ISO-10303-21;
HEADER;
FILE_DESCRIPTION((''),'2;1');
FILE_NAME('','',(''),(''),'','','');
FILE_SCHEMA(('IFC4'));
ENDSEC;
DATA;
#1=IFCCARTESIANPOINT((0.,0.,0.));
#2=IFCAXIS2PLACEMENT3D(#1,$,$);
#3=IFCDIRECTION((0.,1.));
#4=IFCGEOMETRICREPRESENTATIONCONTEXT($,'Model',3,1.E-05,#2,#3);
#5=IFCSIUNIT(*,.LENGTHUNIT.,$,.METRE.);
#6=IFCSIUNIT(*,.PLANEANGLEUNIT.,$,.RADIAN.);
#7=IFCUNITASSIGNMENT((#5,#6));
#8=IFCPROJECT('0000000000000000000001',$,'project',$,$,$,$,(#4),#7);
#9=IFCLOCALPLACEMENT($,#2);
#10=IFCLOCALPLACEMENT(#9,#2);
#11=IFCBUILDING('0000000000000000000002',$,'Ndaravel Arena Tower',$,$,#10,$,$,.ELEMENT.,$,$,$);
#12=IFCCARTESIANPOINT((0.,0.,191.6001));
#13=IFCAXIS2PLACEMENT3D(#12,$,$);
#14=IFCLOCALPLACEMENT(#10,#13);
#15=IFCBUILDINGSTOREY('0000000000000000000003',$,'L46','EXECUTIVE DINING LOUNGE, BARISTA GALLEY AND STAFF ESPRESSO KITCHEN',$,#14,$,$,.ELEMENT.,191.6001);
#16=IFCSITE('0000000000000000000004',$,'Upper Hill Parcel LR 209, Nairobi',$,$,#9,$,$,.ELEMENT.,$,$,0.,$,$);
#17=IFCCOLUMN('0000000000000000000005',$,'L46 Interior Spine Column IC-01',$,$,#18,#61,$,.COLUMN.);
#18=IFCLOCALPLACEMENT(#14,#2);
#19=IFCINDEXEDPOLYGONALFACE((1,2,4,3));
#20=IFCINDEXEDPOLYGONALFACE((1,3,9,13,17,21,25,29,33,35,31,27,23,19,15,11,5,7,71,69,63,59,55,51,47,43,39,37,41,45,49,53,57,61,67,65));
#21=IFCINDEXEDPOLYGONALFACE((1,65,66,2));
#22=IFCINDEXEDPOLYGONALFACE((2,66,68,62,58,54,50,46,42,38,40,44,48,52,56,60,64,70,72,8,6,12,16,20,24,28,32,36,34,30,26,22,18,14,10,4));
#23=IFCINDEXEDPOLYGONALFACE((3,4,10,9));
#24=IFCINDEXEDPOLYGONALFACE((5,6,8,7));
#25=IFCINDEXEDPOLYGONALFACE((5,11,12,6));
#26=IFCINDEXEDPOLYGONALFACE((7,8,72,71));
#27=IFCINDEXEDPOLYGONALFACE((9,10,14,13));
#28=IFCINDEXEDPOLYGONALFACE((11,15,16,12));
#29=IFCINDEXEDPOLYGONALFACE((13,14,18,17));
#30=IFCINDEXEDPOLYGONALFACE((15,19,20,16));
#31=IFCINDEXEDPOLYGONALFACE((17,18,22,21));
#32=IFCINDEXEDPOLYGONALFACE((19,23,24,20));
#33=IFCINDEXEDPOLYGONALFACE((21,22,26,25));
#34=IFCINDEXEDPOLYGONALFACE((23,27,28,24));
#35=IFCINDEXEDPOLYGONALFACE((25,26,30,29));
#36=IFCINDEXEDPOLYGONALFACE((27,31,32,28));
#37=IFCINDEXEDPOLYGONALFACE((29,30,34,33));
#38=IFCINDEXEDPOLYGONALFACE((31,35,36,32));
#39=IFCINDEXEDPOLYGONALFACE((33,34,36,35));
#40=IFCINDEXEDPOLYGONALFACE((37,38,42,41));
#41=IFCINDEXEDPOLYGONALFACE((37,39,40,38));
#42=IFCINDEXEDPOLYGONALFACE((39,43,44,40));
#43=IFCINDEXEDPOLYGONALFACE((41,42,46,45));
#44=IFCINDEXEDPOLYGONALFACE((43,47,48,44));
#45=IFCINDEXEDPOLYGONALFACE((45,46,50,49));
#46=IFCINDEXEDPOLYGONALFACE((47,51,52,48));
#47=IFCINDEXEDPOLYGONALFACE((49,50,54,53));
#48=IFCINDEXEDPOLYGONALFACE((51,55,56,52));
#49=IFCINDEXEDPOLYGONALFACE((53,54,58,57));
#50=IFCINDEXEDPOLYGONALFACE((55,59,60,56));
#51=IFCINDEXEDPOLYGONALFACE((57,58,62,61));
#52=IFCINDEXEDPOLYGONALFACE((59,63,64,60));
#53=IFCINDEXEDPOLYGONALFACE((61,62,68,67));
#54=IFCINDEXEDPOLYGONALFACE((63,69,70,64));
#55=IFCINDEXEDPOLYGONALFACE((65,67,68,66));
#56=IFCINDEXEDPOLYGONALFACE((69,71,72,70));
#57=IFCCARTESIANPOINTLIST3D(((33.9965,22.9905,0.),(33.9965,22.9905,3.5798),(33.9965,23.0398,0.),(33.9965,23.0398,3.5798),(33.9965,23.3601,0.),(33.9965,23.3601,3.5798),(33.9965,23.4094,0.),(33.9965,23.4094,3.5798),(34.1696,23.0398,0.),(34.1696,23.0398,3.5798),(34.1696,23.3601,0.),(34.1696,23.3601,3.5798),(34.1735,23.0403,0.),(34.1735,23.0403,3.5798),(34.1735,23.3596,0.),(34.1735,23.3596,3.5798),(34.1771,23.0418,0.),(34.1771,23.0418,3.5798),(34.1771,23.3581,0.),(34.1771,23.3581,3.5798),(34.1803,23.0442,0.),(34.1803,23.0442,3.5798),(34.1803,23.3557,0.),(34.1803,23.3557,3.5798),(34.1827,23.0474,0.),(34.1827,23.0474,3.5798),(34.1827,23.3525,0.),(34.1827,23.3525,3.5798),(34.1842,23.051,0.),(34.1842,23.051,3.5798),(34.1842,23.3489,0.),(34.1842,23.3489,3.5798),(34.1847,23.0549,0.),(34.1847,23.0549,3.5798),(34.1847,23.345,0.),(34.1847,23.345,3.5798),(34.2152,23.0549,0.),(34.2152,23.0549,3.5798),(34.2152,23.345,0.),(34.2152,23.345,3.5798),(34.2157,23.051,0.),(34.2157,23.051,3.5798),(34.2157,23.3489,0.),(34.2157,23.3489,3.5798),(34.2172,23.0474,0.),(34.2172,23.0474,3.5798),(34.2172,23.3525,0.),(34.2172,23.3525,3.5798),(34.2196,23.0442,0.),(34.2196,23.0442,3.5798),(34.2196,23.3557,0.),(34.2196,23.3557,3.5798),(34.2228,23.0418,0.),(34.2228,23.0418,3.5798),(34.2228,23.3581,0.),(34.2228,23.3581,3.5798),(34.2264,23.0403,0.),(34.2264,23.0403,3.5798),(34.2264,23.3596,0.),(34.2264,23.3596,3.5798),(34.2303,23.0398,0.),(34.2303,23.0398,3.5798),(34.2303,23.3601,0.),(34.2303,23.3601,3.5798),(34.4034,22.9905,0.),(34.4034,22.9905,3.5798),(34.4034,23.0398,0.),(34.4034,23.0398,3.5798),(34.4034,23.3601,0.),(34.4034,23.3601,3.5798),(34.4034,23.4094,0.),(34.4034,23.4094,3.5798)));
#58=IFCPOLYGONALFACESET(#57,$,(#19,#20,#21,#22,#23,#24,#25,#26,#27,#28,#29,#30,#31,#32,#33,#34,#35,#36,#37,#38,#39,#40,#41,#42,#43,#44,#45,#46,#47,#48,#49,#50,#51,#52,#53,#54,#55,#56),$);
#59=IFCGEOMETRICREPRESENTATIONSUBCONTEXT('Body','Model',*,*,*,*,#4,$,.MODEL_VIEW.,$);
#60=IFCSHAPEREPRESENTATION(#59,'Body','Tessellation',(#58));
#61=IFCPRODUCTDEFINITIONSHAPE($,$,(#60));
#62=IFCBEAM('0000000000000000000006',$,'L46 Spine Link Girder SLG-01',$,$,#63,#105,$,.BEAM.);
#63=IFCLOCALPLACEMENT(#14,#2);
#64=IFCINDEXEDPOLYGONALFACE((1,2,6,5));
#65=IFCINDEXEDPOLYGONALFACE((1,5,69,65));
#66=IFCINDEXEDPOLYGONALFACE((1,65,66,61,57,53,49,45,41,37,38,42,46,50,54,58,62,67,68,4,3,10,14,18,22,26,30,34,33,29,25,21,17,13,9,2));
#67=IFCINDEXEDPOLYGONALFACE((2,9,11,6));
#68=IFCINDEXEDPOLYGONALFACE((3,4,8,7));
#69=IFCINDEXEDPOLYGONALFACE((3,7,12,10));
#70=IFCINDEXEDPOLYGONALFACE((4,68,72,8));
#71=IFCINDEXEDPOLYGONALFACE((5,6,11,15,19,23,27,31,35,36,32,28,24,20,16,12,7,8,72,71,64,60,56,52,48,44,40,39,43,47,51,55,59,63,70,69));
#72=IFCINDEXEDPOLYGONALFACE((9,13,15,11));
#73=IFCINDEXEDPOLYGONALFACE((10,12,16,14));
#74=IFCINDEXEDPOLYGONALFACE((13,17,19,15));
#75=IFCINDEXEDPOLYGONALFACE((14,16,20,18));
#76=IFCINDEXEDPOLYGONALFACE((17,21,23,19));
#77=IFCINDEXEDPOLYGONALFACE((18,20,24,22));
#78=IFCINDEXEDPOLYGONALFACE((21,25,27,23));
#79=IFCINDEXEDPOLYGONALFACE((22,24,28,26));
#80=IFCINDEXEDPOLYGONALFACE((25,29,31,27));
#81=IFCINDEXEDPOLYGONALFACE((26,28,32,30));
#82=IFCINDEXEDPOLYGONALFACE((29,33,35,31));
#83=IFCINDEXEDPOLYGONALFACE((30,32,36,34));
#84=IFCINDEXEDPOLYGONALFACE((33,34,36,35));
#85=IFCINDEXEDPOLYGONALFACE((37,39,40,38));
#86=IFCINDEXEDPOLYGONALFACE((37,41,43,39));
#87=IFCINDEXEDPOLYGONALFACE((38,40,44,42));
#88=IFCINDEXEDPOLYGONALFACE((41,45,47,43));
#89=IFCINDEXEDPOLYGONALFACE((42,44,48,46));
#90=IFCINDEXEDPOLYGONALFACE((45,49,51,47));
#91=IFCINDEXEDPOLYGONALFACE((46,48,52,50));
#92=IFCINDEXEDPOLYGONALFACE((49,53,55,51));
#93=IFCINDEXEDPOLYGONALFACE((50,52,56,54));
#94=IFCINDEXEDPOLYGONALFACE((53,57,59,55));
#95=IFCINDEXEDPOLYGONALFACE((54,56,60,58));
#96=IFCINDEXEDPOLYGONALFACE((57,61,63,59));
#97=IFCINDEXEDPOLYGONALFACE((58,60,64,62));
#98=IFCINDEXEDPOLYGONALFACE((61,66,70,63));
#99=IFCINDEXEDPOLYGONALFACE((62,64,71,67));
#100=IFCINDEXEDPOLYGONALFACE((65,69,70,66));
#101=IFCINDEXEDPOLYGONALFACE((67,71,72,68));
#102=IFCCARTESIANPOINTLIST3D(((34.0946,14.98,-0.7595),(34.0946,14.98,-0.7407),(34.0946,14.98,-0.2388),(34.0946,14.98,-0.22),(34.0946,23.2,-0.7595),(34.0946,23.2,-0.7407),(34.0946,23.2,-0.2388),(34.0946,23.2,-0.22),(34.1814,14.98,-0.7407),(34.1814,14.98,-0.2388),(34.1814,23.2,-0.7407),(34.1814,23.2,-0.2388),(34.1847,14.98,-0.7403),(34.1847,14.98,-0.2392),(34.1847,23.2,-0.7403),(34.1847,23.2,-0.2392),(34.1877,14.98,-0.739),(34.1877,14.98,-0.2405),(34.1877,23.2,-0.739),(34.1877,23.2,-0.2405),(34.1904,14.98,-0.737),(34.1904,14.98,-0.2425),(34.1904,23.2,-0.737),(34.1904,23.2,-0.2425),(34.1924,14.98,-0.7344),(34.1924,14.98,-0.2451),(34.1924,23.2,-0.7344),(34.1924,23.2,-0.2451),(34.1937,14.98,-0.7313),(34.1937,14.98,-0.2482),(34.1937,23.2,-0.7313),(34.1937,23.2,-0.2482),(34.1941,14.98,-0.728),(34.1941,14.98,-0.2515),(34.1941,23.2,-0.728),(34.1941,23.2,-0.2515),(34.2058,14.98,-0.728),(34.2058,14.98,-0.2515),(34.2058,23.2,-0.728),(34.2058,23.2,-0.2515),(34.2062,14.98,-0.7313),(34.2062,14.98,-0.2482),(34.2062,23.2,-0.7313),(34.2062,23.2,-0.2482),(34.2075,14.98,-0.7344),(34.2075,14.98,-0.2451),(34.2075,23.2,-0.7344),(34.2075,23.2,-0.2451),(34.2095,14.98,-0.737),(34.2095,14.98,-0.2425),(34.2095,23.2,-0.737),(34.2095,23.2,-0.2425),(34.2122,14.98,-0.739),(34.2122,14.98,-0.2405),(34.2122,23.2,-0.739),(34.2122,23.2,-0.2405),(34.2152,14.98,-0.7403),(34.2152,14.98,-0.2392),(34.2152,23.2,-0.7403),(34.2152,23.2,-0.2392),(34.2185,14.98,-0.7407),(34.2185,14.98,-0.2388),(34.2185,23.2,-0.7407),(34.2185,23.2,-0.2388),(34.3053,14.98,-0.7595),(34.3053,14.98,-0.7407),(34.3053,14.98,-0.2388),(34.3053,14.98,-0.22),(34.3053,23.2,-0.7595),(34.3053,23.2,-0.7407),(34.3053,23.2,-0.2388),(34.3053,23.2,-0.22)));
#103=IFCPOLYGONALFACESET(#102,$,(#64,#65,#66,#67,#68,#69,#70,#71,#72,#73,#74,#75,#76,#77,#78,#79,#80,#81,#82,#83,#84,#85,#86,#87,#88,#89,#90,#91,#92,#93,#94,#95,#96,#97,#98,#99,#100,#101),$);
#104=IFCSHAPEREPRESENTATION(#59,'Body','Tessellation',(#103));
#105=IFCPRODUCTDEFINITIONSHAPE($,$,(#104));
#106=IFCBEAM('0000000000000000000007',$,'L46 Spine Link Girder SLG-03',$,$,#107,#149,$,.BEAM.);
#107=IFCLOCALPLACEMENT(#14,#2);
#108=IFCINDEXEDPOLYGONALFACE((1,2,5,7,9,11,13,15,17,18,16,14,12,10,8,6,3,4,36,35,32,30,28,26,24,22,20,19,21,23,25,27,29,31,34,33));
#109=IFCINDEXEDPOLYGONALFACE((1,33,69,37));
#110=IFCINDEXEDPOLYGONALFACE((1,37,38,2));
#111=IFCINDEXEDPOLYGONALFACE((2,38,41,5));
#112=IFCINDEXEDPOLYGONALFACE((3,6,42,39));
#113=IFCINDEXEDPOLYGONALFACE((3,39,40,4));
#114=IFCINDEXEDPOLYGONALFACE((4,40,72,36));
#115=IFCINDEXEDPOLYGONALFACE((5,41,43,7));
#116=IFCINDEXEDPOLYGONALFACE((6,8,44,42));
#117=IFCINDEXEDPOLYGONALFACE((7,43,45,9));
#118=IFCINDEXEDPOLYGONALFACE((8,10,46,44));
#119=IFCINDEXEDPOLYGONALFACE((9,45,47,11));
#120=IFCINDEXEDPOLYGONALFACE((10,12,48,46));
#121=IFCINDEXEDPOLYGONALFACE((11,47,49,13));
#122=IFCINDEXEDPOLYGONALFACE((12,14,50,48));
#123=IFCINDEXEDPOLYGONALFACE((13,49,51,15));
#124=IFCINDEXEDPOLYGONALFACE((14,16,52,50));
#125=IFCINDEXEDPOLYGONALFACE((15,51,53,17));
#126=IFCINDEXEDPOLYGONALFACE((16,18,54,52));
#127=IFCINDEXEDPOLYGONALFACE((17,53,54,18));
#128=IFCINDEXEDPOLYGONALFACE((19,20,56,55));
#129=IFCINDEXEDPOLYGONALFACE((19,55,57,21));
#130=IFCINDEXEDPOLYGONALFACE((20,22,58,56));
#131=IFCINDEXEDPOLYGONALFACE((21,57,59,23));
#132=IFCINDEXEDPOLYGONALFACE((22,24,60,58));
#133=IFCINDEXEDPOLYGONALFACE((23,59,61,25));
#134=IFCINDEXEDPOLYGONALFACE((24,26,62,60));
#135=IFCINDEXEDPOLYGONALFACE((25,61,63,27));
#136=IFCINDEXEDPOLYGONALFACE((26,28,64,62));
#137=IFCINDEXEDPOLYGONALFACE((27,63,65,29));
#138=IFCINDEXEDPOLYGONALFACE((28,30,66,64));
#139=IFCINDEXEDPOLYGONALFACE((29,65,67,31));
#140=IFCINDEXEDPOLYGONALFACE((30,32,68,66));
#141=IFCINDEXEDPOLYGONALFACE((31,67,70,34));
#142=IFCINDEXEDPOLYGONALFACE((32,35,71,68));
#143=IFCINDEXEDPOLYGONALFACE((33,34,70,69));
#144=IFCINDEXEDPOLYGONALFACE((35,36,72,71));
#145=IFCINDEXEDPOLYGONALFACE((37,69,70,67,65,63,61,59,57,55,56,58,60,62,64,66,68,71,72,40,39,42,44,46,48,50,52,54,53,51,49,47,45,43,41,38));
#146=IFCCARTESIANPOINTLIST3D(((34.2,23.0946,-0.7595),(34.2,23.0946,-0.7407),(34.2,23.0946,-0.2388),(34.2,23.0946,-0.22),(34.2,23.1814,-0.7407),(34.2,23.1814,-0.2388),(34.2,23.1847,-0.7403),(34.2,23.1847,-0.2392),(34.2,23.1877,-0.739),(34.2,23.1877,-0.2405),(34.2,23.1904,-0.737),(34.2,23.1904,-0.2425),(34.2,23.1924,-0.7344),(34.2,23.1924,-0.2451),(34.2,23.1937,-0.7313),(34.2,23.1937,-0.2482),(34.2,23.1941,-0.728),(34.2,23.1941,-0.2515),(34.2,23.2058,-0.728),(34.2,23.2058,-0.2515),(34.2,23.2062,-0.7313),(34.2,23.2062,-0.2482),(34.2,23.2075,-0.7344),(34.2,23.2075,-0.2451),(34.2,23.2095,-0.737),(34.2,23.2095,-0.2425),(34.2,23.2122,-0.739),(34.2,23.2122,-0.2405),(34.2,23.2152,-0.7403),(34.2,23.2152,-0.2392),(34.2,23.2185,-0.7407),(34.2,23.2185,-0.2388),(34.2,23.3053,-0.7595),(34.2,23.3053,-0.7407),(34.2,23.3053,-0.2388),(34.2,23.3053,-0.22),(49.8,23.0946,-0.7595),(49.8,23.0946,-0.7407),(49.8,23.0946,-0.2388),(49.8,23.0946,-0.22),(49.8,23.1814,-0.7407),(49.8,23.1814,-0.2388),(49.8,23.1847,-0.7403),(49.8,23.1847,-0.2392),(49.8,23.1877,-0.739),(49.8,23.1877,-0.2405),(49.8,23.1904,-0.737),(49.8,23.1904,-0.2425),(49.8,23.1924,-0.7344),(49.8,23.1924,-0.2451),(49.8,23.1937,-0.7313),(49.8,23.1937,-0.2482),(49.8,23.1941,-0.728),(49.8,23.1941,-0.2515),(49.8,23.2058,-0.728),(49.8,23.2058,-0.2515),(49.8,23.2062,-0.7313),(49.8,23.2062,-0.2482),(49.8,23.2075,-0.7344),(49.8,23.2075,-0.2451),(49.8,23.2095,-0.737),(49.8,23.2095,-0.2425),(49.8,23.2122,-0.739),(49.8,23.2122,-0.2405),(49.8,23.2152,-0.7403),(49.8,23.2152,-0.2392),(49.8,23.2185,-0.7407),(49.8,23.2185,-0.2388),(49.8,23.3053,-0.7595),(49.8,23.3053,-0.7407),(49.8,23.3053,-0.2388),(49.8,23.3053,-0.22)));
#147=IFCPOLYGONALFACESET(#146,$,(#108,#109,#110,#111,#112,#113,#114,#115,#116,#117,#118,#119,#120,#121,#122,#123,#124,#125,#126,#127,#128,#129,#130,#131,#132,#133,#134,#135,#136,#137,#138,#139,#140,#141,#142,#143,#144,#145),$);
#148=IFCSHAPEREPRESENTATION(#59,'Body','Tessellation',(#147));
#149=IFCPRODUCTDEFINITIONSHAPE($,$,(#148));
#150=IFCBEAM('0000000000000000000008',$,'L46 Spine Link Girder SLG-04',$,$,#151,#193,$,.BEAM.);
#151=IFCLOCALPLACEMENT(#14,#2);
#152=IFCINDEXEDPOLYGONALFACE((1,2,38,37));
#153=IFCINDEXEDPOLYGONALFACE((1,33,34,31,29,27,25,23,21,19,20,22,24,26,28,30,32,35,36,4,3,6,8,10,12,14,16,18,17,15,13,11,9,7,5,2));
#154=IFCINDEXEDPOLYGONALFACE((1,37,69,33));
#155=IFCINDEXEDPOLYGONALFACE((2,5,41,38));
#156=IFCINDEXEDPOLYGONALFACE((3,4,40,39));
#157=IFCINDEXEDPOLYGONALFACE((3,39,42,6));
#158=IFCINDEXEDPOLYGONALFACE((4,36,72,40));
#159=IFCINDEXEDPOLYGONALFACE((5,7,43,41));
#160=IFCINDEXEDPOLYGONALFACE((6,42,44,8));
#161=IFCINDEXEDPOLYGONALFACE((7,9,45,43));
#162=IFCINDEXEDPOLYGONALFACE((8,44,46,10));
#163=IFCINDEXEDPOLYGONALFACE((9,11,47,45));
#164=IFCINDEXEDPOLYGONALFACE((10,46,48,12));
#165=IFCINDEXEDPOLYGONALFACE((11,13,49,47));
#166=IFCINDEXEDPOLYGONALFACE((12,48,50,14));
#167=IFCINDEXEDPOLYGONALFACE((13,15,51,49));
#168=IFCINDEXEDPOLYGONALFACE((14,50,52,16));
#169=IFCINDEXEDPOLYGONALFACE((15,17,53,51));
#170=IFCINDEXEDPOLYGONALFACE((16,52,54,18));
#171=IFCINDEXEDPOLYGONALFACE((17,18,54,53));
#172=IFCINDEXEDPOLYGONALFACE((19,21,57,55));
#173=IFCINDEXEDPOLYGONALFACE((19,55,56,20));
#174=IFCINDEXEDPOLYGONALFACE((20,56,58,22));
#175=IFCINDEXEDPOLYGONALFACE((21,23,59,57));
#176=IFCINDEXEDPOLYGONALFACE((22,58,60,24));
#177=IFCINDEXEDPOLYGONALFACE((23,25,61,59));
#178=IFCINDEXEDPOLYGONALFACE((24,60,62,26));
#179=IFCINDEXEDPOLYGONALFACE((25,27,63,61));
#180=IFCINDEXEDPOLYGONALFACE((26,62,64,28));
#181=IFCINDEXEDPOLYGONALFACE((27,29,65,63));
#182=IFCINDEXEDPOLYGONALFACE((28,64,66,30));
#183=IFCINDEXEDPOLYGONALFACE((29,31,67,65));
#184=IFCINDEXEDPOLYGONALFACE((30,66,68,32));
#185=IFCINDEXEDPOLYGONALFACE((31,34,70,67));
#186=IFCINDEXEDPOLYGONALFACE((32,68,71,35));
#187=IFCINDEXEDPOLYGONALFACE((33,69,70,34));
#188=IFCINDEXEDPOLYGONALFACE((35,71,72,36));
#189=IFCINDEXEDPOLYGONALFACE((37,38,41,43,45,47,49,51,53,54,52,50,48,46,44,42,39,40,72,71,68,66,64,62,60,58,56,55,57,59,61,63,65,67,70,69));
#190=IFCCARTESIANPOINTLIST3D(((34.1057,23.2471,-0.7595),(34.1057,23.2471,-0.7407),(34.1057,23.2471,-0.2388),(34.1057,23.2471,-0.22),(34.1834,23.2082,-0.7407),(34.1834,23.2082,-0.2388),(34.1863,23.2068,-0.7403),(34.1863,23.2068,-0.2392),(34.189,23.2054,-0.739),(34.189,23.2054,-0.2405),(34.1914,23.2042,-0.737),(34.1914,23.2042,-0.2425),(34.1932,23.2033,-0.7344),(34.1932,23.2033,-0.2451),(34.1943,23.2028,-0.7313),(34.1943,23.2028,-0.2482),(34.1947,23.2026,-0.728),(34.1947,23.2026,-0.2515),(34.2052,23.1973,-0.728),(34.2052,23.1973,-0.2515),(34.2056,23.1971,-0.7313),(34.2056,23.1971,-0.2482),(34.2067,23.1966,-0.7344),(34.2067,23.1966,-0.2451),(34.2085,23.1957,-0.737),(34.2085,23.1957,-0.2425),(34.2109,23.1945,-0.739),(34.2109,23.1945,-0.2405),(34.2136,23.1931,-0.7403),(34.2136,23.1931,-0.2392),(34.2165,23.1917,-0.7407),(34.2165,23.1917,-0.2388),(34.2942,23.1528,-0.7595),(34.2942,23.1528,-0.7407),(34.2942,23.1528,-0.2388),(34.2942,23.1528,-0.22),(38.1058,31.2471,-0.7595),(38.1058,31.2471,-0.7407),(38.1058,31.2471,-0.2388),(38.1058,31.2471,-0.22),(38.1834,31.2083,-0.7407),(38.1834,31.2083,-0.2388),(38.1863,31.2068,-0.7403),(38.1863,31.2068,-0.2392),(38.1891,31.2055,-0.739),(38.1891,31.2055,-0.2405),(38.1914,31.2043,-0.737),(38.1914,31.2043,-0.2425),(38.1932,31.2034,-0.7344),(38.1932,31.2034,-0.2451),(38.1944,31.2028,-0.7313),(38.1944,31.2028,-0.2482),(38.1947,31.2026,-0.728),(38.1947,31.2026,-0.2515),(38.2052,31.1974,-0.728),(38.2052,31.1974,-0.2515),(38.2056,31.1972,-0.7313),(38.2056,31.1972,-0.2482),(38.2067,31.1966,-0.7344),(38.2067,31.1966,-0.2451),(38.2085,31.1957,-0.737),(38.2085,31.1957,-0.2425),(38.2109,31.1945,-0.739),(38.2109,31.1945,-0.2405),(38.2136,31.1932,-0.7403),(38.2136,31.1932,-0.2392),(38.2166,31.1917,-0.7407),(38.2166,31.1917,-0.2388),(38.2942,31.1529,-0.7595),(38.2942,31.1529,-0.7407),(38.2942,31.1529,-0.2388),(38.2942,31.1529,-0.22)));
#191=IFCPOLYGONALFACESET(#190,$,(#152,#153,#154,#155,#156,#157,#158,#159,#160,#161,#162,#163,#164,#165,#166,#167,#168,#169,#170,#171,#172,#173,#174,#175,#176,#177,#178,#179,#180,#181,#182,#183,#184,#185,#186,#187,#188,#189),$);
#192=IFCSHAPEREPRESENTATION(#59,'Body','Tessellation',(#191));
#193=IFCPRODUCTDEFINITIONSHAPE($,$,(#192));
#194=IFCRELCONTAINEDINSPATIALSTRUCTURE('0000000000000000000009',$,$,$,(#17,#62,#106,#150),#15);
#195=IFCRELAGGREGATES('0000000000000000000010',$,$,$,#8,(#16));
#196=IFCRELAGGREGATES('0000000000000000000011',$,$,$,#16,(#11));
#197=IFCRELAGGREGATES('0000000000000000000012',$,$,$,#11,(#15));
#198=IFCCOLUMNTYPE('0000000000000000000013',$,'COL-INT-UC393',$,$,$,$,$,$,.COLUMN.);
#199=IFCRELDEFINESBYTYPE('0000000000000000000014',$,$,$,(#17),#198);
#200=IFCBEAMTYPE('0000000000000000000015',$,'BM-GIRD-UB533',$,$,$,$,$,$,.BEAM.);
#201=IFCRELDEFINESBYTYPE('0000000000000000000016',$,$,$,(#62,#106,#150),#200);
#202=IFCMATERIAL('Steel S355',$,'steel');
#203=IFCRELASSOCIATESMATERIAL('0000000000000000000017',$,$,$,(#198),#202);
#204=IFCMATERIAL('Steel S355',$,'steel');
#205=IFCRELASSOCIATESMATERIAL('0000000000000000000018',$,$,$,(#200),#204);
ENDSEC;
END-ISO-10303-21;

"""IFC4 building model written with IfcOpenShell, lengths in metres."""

from ifc_helpers import new_model, si_unit, direction, frame, origin, origin_2d, place, context, subcontext, project, spatial, i_section, extrude, material, material_profile, profile_set, type_object, element, save


model = new_model("IFC4")

# Units and contexts
model_context = context("Model", 3, precision=1e-05, world=origin(), true_north=direction((0.0, 1.0)))
body_context = subcontext(model_context, "Body", "Model", "MODEL_VIEW")
ifc_project = project(units=[si_unit("LENGTHUNIT", "METRE"), si_unit("PLANEANGLEUNIT", "RADIAN")], contexts=[model_context])

# Site, building, storey
site_placement = place(None, origin())
site = spatial("IfcSite", under=ifc_project, at=site_placement, Name="Upper Hill Parcel LR 209, Nairobi", CompositionType="ELEMENT", RefElevation=0.0)
building_placement = place(site_placement, origin())
building = spatial("IfcBuilding", under=site, at=building_placement, Name="Ndaravel Arena Tower", CompositionType="ELEMENT")
storey_placement = place(building_placement, frame((0.0, 0.0, 191.6001)))
storey = spatial("IfcBuildingStorey", under=building, at=storey_placement, Name="L46", Description="EXECUTIVE DINING LOUNGE, BARISTA GALLEY AND STAFF ESPRESSO KITCHEN", CompositionType="ELEMENT", Elevation=191.6001)

# Column
ifc_material_1 = material(Name="Steel S355", Category="steel")
ifc_material_profile_1 = material_profile(ifc_material_1, i_section(OverallWidth=0.407, OverallDepth=0.4189, WebThickness=0.0305, FlangeThickness=0.0493, FilletRadius=0.0151, at=origin_2d()), Name="UC 356x406x393")
ifc_profile_set_1 = profile_set([ifc_material_profile_1], Name="Steel S355")
column_type = type_object("IfcColumnType", Name="COL-INT-UC393", PredefinedType="COLUMN", material=ifc_profile_set_1)
column_placement = place(storey_placement, frame((34.2, 23.2, 0.0), z_axis=(0.0, 0.0, 1.0), x_axis=(1.0, 0.0, 0.0)))
element("IfcColumn", 1, at=column_placement, inside=storey, type_object=column_type, Name="L46 Interior Spine Column IC-01", PredefinedType="COLUMN", context=body_context, shape_type="SweptSolid", body=[
    extrude(i_section(OverallWidth=0.407, OverallDepth=0.4189, WebThickness=0.0305, FlangeThickness=0.0493, FilletRadius=0.0151, at=origin_2d()), origin(), (0.0, 0.0, 1.0), 3.5798),
])

# Beams
ifc_material_2 = material(Name="Steel S355", Category="steel")
ifc_material_profile_2 = material_profile(ifc_material_2, i_section(OverallWidth=0.2107, OverallDepth=0.5396, WebThickness=0.0117, FlangeThickness=0.0188, FilletRadius=0.0127, at=origin_2d()), Name="UB 533x210x109")
ifc_profile_set_2 = profile_set([ifc_material_profile_2], Name="Steel S355")
beam_type = type_object("IfcBeamType", Name="BM-GIRD-UB533", PredefinedType="BEAM", material=ifc_profile_set_2)
beam_1_placement = place(storey_placement, frame((34.2, 14.98, -0.4897), z_axis=(0.0, 1.0, 0.0), x_axis=(-1.0, 0.0, 0.0)))
element("IfcBeam", 2, at=beam_1_placement, inside=storey, type_object=beam_type, Name="L46 Spine Link Girder SLG-01", PredefinedType="BEAM", context=body_context, shape_type="SweptSolid", body=[
    extrude(i_section(OverallWidth=0.2107, OverallDepth=0.5396, WebThickness=0.0117, FlangeThickness=0.0188, FilletRadius=0.0127, at=origin_2d()), origin(), (0.0, 0.0, 1.0), 8.22),
])
beam_2_placement = place(storey_placement, frame((34.2, 23.2, -0.4897), z_axis=(1.0, 0.0, 0.0), x_axis=(0.0, 1.0, 0.0)))
element("IfcBeam", 3, at=beam_2_placement, inside=storey, type_object=beam_type, Name="L46 Spine Link Girder SLG-03", PredefinedType="BEAM", context=body_context, shape_type="SweptSolid", body=[
    extrude(i_section(OverallWidth=0.2107, OverallDepth=0.5396, WebThickness=0.0117, FlangeThickness=0.0188, FilletRadius=0.0127, at=origin_2d()), origin(), (0.0, 0.0, 1.0), 15.6001),
])
beam_3_placement = place(storey_placement, frame((34.2, 23.2, -0.4897), z_axis=(0.447214, 0.894427, 0.0), x_axis=(-0.894427, 0.447214, 0.0)))
element("IfcBeam", 4, at=beam_3_placement, inside=storey, type_object=beam_type, Name="L46 Spine Link Girder SLG-04", PredefinedType="BEAM", context=body_context, shape_type="SweptSolid", body=[
    extrude(i_section(OverallWidth=0.2107, OverallDepth=0.5396, WebThickness=0.0117, FlangeThickness=0.0188, FilletRadius=0.0127, at=origin_2d()), origin(), (0.0, 0.0, 1.0), 8.9443),
])

save(model, "model.ifc")
